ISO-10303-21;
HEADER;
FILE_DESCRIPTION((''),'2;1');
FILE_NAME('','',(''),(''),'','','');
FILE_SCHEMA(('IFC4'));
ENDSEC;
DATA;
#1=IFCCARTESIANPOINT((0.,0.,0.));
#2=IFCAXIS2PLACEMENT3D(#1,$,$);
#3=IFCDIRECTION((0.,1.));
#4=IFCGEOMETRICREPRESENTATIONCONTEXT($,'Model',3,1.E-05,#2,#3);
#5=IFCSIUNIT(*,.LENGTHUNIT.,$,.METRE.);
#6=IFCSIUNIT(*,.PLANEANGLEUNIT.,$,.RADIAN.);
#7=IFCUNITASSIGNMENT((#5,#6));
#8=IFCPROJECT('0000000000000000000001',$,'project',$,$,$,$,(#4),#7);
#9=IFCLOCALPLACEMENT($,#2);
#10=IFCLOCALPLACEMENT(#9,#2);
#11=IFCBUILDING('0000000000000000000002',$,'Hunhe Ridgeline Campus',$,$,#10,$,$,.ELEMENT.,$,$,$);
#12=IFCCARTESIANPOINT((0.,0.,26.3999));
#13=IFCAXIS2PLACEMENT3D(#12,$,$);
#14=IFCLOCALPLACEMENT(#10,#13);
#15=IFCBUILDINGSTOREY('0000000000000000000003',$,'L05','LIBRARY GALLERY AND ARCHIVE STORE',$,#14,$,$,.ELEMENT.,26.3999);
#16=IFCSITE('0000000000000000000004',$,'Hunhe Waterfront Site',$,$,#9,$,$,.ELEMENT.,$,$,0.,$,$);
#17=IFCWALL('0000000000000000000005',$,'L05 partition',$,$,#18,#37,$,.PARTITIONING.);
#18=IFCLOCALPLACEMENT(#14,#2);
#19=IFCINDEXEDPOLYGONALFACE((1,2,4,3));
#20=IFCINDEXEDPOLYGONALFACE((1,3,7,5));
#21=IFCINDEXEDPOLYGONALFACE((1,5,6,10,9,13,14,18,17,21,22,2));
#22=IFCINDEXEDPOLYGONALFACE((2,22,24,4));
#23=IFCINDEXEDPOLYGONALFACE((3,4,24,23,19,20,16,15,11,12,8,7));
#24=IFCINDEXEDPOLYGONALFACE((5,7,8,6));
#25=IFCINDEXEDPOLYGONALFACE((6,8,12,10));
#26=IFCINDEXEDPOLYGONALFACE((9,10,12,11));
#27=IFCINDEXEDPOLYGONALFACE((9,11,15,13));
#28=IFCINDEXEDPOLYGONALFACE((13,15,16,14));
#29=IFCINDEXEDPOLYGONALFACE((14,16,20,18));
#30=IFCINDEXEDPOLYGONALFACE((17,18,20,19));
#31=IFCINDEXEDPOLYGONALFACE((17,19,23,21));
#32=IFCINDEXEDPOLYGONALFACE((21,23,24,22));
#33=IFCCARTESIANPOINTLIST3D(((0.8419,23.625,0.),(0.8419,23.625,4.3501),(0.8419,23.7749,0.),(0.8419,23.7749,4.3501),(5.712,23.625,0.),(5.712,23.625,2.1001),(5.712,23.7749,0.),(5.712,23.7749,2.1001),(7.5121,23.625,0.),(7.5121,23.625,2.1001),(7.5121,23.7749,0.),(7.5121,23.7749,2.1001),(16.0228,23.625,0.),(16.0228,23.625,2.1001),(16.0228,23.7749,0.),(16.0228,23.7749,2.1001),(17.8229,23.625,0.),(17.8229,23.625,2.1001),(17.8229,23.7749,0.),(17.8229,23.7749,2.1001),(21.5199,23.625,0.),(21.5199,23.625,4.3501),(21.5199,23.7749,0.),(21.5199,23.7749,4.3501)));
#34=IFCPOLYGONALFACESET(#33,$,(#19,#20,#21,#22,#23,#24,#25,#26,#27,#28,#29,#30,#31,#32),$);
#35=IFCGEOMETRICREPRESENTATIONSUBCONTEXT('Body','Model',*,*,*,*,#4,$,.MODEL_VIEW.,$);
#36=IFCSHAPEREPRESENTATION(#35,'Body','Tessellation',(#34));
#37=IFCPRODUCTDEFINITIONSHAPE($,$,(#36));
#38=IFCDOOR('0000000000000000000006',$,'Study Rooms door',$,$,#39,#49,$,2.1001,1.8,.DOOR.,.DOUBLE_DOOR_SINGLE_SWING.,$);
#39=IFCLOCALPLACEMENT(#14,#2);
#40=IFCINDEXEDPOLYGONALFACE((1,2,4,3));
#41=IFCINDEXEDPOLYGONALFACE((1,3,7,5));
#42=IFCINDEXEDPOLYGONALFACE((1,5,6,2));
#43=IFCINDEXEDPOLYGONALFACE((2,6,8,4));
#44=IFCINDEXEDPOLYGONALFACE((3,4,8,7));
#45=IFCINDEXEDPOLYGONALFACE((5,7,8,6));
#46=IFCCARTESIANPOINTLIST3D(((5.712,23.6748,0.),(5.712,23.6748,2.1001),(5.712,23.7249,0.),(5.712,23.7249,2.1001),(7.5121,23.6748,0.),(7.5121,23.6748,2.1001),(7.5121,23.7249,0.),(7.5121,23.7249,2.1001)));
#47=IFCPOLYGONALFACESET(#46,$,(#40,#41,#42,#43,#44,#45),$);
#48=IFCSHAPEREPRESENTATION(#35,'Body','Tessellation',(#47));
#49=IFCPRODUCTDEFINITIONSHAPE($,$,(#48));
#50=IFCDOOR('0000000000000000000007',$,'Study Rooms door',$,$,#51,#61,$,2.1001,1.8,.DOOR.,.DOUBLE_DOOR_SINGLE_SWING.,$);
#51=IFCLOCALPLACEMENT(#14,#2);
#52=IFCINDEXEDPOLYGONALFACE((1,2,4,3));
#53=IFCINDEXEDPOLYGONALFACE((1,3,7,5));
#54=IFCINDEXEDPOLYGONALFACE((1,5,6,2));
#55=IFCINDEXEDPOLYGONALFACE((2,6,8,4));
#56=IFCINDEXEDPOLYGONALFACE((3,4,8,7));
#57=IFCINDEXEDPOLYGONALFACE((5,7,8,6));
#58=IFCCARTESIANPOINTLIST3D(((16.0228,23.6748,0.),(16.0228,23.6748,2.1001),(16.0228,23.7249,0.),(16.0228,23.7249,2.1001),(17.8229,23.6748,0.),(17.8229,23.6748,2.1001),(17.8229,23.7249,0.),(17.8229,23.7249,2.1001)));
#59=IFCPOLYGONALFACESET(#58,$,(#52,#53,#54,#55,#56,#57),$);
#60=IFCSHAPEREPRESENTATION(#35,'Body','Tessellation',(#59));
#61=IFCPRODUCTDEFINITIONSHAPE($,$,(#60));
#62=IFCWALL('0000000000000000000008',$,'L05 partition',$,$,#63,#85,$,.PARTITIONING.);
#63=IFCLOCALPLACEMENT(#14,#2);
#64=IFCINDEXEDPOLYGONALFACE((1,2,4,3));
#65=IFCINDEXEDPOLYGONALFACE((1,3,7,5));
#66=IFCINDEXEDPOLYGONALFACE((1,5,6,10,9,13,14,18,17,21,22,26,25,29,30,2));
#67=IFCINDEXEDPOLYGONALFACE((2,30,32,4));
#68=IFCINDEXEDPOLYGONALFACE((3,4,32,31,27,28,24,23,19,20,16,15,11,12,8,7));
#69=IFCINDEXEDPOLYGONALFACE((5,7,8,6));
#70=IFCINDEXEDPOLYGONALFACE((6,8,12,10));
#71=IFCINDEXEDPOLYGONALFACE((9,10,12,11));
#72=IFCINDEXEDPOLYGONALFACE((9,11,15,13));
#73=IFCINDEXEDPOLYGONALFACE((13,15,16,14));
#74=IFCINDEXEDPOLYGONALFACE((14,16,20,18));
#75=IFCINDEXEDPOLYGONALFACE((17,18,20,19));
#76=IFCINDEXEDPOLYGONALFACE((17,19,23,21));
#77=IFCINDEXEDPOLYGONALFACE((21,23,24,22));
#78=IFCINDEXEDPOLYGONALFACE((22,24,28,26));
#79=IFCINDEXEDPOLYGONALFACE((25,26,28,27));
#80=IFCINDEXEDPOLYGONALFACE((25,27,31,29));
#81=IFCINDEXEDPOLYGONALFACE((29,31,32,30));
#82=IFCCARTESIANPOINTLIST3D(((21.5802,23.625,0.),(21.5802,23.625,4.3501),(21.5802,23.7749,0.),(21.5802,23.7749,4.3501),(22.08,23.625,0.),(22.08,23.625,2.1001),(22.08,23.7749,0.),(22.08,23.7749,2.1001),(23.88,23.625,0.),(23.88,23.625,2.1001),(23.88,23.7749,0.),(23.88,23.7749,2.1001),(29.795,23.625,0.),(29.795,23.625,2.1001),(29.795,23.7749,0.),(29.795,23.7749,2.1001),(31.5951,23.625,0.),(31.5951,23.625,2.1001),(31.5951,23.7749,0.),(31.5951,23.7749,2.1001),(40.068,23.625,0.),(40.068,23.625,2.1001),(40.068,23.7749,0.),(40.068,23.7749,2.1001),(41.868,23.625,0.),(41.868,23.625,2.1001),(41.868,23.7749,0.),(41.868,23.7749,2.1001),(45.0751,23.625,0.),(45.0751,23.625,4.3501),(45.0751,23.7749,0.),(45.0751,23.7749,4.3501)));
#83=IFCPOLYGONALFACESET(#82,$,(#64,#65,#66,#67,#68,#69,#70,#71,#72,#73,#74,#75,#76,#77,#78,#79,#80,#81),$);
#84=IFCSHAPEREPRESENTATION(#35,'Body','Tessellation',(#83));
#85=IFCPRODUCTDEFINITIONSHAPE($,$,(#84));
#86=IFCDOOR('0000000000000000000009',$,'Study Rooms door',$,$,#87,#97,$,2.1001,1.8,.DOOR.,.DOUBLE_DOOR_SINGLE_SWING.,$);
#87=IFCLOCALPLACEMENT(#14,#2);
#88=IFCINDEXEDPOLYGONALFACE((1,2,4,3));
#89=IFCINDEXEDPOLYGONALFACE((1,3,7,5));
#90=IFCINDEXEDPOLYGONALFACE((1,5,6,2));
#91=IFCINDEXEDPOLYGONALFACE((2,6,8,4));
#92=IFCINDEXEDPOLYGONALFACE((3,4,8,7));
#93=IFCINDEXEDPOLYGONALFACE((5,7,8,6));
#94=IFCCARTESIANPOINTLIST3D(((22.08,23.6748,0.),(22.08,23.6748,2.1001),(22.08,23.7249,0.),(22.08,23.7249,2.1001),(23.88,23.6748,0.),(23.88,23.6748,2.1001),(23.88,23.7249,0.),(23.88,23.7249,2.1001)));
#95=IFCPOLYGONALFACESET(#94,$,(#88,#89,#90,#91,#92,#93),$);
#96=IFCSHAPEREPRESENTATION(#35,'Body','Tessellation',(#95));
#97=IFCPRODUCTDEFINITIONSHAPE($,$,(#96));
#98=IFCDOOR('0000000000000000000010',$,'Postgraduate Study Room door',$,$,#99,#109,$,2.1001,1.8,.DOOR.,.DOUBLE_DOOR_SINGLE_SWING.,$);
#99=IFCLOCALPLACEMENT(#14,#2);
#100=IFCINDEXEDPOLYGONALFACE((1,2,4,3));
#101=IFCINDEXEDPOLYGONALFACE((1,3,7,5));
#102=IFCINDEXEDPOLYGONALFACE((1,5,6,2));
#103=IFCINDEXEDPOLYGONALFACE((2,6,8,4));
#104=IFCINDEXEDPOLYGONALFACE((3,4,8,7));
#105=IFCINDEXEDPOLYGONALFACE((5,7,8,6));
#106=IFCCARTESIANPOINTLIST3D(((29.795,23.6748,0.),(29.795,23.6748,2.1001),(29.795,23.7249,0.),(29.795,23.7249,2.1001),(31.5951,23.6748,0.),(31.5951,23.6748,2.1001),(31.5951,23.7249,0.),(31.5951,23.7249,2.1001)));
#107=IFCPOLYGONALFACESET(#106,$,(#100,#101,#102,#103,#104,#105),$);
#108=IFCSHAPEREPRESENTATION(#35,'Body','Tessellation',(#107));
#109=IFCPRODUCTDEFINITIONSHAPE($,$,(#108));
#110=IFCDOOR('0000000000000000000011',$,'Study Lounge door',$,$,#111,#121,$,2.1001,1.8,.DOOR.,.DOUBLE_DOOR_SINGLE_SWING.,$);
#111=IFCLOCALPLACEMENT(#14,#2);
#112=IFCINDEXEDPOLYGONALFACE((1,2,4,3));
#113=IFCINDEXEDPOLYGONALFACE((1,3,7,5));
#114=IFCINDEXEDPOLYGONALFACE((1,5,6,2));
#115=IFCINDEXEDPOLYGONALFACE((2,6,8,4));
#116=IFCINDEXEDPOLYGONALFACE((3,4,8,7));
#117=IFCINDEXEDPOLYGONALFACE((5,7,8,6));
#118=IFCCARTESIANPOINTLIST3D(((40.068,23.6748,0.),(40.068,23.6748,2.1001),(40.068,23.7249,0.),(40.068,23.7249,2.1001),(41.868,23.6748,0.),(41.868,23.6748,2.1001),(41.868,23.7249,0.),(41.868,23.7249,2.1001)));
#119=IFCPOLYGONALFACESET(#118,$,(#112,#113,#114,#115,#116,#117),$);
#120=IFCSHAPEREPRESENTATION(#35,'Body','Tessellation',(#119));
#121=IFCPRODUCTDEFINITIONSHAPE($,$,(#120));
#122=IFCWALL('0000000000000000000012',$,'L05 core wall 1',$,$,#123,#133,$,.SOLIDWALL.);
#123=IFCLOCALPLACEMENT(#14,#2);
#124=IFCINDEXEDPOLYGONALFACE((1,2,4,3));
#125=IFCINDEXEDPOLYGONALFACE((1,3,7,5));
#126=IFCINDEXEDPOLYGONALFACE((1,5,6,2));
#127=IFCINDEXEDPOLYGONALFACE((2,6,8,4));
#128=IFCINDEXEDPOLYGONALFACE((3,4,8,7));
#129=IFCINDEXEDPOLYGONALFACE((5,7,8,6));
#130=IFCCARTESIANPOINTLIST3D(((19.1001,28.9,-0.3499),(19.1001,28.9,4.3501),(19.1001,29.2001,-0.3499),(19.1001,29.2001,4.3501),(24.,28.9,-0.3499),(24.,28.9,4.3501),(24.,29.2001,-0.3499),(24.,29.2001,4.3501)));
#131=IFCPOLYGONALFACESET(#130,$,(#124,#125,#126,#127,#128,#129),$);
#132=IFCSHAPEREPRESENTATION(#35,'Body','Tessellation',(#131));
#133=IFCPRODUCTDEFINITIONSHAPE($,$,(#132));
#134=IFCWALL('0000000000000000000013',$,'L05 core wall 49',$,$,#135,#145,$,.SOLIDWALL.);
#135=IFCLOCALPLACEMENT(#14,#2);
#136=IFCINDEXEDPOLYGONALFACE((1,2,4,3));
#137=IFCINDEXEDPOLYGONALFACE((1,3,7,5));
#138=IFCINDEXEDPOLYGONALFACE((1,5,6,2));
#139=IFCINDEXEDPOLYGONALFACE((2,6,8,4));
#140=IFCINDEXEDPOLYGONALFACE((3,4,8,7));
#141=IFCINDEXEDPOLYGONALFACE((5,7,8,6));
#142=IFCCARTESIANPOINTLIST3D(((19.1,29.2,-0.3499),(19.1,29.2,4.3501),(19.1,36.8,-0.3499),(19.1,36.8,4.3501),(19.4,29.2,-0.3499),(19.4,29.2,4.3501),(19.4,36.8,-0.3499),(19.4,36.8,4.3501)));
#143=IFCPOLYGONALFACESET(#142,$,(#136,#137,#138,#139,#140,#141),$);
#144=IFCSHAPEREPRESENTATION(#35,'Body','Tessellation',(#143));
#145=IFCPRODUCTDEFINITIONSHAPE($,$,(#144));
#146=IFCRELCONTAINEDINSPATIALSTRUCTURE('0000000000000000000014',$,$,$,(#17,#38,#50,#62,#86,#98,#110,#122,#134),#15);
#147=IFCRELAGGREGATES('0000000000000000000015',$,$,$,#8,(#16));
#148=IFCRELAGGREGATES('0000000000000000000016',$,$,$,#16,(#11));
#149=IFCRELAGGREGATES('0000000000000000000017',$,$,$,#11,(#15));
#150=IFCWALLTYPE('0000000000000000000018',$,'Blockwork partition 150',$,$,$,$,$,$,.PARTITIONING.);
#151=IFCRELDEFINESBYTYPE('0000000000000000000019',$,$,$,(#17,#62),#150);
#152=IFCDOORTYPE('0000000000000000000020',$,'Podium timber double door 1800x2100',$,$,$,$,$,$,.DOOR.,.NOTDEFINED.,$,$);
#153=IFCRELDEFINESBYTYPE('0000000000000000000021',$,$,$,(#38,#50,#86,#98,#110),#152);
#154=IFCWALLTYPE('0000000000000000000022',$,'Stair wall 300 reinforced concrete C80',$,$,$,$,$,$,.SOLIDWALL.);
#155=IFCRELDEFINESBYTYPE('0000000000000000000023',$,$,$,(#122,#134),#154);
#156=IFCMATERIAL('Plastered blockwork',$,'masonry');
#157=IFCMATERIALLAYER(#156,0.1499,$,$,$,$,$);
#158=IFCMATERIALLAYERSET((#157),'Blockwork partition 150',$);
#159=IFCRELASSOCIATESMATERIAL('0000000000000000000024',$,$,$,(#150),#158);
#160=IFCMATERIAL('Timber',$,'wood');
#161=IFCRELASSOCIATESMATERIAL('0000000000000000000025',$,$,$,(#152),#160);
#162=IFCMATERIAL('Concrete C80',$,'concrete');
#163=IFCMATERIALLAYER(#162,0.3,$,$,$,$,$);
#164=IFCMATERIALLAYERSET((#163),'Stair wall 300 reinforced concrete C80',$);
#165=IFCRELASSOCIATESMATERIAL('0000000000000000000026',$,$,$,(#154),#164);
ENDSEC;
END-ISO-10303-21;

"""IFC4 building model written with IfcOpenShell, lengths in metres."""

from ifc_helpers import new_model, si_unit, direction, frame, frame_2d, origin, place, context, subcontext, project, spatial, rectangle, extrude, material, layer, layer_set, type_object, element, fill, save


model = new_model("IFC4")

# Units and contexts
model_context = context("Model", 3, precision=1e-05, world=origin(), true_north=direction((0.0, 1.0)))
body_context = subcontext(model_context, "Body", "Model", "MODEL_VIEW")
ifc_project = project(units=[si_unit("LENGTHUNIT", "METRE"), si_unit("PLANEANGLEUNIT", "RADIAN")], contexts=[model_context])

# Site, building, storey
site_placement = place(None, origin())
site = spatial("IfcSite", under=ifc_project, at=site_placement, Name="Hunhe Waterfront Site", CompositionType="ELEMENT", RefElevation=0.0)
building_placement = place(site_placement, origin())
building = spatial("IfcBuilding", under=site, at=building_placement, Name="Hunhe Ridgeline Campus", CompositionType="ELEMENT")
storey_placement = place(building_placement, frame((0.0, 0.0, 26.3999)))
storey = spatial("IfcBuildingStorey", under=building, at=storey_placement, Name="L05", Description="LIBRARY GALLERY AND ARCHIVE STORE", CompositionType="ELEMENT", Elevation=26.3999)

# Shared definitions
ifc_material_1 = material(Name="Concrete C80", Category="concrete")

# Walls, openings, doors
ifc_material_2 = material(Name="Plastered blockwork", Category="masonry")
ifc_layer_1 = layer(ifc_material_2, 0.1499)
ifc_layer_set_1 = layer_set([ifc_layer_1], Name="Blockwork partition 150")
wall_type_1 = type_object("IfcWallType", Name="Blockwork partition 150", PredefinedType="PARTITIONING", material=ifc_layer_set_1)
wall_1_placement = place(storey_placement, frame((0.842, 23.7, 0.0), z_axis=(0.0, 0.0, 1.0), x_axis=(1.0, 0.0, 0.0)))
wall_1 = element("IfcWall", 1, at=wall_1_placement, inside=storey, type_object=wall_type_1, Name="L05 partition", PredefinedType="PARTITIONING", context=body_context, shape_type="SweptSolid", body=[
    extrude(rectangle(XDim=20.678, YDim=0.1499, at=frame_2d((10.3389, 0.0))), origin(), (0.0, 0.0, 1.0), 4.3501),
])
opening_1_placement = place(wall_1_placement, frame((4.8701, 0.0, 0.0)))
opening_1 = element("IfcOpeningElement", 2, at=opening_1_placement, cuts=wall_1, PredefinedType="OPENING", context=body_context, shape_type="SweptSolid", body=[
    extrude(rectangle(XDim=1.8, YDim=2.1001, at=frame_2d((0.8999, 1.05))), frame((0.0, 0.075, 0.0), z_axis=(0.0, -1.0, 0.0), x_axis=(1.0, 0.0, 0.0)), (0.0, 0.0, 1.0), 0.1499),
])
opening_2_placement = place(wall_1_placement, frame((15.1809, 0.0, 0.0)))
opening_2 = element("IfcOpeningElement", 3, at=opening_2_placement, cuts=wall_1, PredefinedType="OPENING", context=body_context, shape_type="SweptSolid", body=[
    extrude(rectangle(XDim=1.8, YDim=2.1001, at=frame_2d((0.8999, 1.05))), frame((0.0, 0.075, 0.0), z_axis=(0.0, -1.0, 0.0), x_axis=(1.0, 0.0, 0.0)), (0.0, 0.0, 1.0), 0.1499),
])
ifc_material_3 = material(Name="Timber", Category="wood")
door_type = type_object("IfcDoorType", Name="Podium timber double door 1800x2100", OperationType="NOTDEFINED", PredefinedType="DOOR", material=ifc_material_3)
door_1_placement = place(opening_1_placement, origin())
door_1 = element("IfcDoor", 4, at=door_1_placement, inside=storey, type_object=door_type, Name="Study Rooms door", OperationType="DOUBLE_DOOR_SINGLE_SWING", OverallHeight=2.1001, OverallWidth=1.8, PredefinedType="DOOR", context=body_context, shape_type="SweptSolid", body=[
    extrude(rectangle(XDim=1.8, YDim=2.1001, at=frame_2d((0.8999, 1.05))), frame((0.0, 0.0249, 0.0), z_axis=(0.0, -1.0, 0.0), x_axis=(1.0, 0.0, 0.0)), (0.0, 0.0, 1.0), 0.05),
])
fill(opening_1, door_1)
door_2_placement = place(opening_2_placement, origin())
door_2 = element("IfcDoor", 5, at=door_2_placement, inside=storey, type_object=door_type, Name="Study Rooms door", OperationType="DOUBLE_DOOR_SINGLE_SWING", OverallHeight=2.1001, OverallWidth=1.8, PredefinedType="DOOR", context=body_context, shape_type="SweptSolid", body=[
    extrude(rectangle(XDim=1.8, YDim=2.1001, at=frame_2d((0.8999, 1.05))), frame((0.0, 0.0249, 0.0), z_axis=(0.0, -1.0, 0.0), x_axis=(1.0, 0.0, 0.0)), (0.0, 0.0, 1.0), 0.05),
])
fill(opening_2, door_2)
wall_2_placement = place(storey_placement, frame((21.5801, 23.7, 0.0), z_axis=(0.0, 0.0, 1.0), x_axis=(1.0, 0.0, 0.0)))
wall_2 = element("IfcWall", 6, at=wall_2_placement, inside=storey, type_object=wall_type_1, Name="L05 partition", PredefinedType="PARTITIONING", context=body_context, shape_type="SweptSolid", body=[
    extrude(rectangle(XDim=23.4949, YDim=0.1499, at=frame_2d((11.7476, 0.0))), origin(), (0.0, 0.0, 1.0), 4.3501),
])
opening_3_placement = place(wall_2_placement, frame((0.5, 0.0, 0.0)))
opening_3 = element("IfcOpeningElement", 7, at=opening_3_placement, cuts=wall_2, PredefinedType="OPENING", context=body_context, shape_type="SweptSolid", body=[
    extrude(rectangle(XDim=1.8, YDim=2.1001, at=frame_2d((0.8999, 1.05))), frame((0.0, 0.075, 0.0), z_axis=(0.0, -1.0, 0.0), x_axis=(1.0, 0.0, 0.0)), (0.0, 0.0, 1.0), 0.1499),
])
opening_4_placement = place(wall_2_placement, frame((8.2151, 0.0, 0.0)))
opening_4 = element("IfcOpeningElement", 8, at=opening_4_placement, cuts=wall_2, PredefinedType="OPENING", context=body_context, shape_type="SweptSolid", body=[
    extrude(rectangle(XDim=1.8, YDim=2.1001, at=frame_2d((0.8999, 1.05))), frame((0.0, 0.075, 0.0), z_axis=(0.0, -1.0, 0.0), x_axis=(1.0, 0.0, 0.0)), (0.0, 0.0, 1.0), 0.1499),
])
opening_5_placement = place(wall_2_placement, frame((18.488, 0.0, 0.0)))
opening_5 = element("IfcOpeningElement", 9, at=opening_5_placement, cuts=wall_2, PredefinedType="OPENING", context=body_context, shape_type="SweptSolid", body=[
    extrude(rectangle(XDim=1.8, YDim=2.1001, at=frame_2d((0.8999, 1.05))), frame((0.0, 0.075, 0.0), z_axis=(0.0, -1.0, 0.0), x_axis=(1.0, 0.0, 0.0)), (0.0, 0.0, 1.0), 0.1499),
])
door_3_placement = place(opening_3_placement, origin())
door_3 = element("IfcDoor", 10, at=door_3_placement, inside=storey, type_object=door_type, Name="Study Rooms door", OperationType="DOUBLE_DOOR_SINGLE_SWING", OverallHeight=2.1001, OverallWidth=1.8, PredefinedType="DOOR", context=body_context, shape_type="SweptSolid", body=[
    extrude(rectangle(XDim=1.8, YDim=2.1001, at=frame_2d((0.8999, 1.05))), frame((0.0, 0.0249, 0.0), z_axis=(0.0, -1.0, 0.0), x_axis=(1.0, 0.0, 0.0)), (0.0, 0.0, 1.0), 0.05),
])
fill(opening_3, door_3)
door_4_placement = place(opening_4_placement, origin())
door_4 = element("IfcDoor", 11, at=door_4_placement, inside=storey, type_object=door_type, Name="Postgraduate Study Room door", OperationType="DOUBLE_DOOR_SINGLE_SWING", OverallHeight=2.1001, OverallWidth=1.8, PredefinedType="DOOR", context=body_context, shape_type="SweptSolid", body=[
    extrude(rectangle(XDim=1.8, YDim=2.1001, at=frame_2d((0.8999, 1.05))), frame((0.0, 0.0249, 0.0), z_axis=(0.0, -1.0, 0.0), x_axis=(1.0, 0.0, 0.0)), (0.0, 0.0, 1.0), 0.05),
])
fill(opening_4, door_4)
door_5_placement = place(opening_5_placement, origin())
door_5 = element("IfcDoor", 12, at=door_5_placement, inside=storey, type_object=door_type, Name="Study Lounge door", OperationType="DOUBLE_DOOR_SINGLE_SWING", OverallHeight=2.1001, OverallWidth=1.8, PredefinedType="DOOR", context=body_context, shape_type="SweptSolid", body=[
    extrude(rectangle(XDim=1.8, YDim=2.1001, at=frame_2d((0.8999, 1.05))), frame((0.0, 0.0249, 0.0), z_axis=(0.0, -1.0, 0.0), x_axis=(1.0, 0.0, 0.0)), (0.0, 0.0, 1.0), 0.05),
])
fill(opening_5, door_5)

# Walls
ifc_layer_2 = layer(ifc_material_1, 0.3)
ifc_layer_set_2 = layer_set([ifc_layer_2], Name="Stair wall 300 reinforced concrete C80")
wall_type_2 = type_object("IfcWallType", Name="Stair wall 300 reinforced concrete C80", PredefinedType="SOLIDWALL", material=ifc_layer_set_2)
wall_3_placement = place(storey_placement, frame((19.1001, 29.05, -0.3499), z_axis=(0.0, 0.0, 1.0), x_axis=(1.0, 0.0, 0.0)))
element("IfcWall", 13, at=wall_3_placement, inside=storey, type_object=wall_type_2, Name="L05 core wall 1", PredefinedType="SOLIDWALL", context=body_context, shape_type="SweptSolid", body=[
    extrude(rectangle(XDim=4.8999, YDim=0.3, at=frame_2d((2.45, 0.0))), origin(), (0.0, 0.0, 1.0), 4.7),
])
wall_4_placement = place(storey_placement, frame((19.25, 29.2, -0.3499), z_axis=(0.0, 0.0, 1.0), x_axis=(0.0, 1.0, 0.0)))
element("IfcWall", 14, at=wall_4_placement, inside=storey, type_object=wall_type_2, Name="L05 core wall 49", PredefinedType="SOLIDWALL", context=body_context, shape_type="SweptSolid", body=[
    extrude(rectangle(XDim=7.6001, YDim=0.3, at=frame_2d((3.8, 0.0))), origin(), (0.0, 0.0, 1.0), 4.7),
])

save(model, "model.ifc")
